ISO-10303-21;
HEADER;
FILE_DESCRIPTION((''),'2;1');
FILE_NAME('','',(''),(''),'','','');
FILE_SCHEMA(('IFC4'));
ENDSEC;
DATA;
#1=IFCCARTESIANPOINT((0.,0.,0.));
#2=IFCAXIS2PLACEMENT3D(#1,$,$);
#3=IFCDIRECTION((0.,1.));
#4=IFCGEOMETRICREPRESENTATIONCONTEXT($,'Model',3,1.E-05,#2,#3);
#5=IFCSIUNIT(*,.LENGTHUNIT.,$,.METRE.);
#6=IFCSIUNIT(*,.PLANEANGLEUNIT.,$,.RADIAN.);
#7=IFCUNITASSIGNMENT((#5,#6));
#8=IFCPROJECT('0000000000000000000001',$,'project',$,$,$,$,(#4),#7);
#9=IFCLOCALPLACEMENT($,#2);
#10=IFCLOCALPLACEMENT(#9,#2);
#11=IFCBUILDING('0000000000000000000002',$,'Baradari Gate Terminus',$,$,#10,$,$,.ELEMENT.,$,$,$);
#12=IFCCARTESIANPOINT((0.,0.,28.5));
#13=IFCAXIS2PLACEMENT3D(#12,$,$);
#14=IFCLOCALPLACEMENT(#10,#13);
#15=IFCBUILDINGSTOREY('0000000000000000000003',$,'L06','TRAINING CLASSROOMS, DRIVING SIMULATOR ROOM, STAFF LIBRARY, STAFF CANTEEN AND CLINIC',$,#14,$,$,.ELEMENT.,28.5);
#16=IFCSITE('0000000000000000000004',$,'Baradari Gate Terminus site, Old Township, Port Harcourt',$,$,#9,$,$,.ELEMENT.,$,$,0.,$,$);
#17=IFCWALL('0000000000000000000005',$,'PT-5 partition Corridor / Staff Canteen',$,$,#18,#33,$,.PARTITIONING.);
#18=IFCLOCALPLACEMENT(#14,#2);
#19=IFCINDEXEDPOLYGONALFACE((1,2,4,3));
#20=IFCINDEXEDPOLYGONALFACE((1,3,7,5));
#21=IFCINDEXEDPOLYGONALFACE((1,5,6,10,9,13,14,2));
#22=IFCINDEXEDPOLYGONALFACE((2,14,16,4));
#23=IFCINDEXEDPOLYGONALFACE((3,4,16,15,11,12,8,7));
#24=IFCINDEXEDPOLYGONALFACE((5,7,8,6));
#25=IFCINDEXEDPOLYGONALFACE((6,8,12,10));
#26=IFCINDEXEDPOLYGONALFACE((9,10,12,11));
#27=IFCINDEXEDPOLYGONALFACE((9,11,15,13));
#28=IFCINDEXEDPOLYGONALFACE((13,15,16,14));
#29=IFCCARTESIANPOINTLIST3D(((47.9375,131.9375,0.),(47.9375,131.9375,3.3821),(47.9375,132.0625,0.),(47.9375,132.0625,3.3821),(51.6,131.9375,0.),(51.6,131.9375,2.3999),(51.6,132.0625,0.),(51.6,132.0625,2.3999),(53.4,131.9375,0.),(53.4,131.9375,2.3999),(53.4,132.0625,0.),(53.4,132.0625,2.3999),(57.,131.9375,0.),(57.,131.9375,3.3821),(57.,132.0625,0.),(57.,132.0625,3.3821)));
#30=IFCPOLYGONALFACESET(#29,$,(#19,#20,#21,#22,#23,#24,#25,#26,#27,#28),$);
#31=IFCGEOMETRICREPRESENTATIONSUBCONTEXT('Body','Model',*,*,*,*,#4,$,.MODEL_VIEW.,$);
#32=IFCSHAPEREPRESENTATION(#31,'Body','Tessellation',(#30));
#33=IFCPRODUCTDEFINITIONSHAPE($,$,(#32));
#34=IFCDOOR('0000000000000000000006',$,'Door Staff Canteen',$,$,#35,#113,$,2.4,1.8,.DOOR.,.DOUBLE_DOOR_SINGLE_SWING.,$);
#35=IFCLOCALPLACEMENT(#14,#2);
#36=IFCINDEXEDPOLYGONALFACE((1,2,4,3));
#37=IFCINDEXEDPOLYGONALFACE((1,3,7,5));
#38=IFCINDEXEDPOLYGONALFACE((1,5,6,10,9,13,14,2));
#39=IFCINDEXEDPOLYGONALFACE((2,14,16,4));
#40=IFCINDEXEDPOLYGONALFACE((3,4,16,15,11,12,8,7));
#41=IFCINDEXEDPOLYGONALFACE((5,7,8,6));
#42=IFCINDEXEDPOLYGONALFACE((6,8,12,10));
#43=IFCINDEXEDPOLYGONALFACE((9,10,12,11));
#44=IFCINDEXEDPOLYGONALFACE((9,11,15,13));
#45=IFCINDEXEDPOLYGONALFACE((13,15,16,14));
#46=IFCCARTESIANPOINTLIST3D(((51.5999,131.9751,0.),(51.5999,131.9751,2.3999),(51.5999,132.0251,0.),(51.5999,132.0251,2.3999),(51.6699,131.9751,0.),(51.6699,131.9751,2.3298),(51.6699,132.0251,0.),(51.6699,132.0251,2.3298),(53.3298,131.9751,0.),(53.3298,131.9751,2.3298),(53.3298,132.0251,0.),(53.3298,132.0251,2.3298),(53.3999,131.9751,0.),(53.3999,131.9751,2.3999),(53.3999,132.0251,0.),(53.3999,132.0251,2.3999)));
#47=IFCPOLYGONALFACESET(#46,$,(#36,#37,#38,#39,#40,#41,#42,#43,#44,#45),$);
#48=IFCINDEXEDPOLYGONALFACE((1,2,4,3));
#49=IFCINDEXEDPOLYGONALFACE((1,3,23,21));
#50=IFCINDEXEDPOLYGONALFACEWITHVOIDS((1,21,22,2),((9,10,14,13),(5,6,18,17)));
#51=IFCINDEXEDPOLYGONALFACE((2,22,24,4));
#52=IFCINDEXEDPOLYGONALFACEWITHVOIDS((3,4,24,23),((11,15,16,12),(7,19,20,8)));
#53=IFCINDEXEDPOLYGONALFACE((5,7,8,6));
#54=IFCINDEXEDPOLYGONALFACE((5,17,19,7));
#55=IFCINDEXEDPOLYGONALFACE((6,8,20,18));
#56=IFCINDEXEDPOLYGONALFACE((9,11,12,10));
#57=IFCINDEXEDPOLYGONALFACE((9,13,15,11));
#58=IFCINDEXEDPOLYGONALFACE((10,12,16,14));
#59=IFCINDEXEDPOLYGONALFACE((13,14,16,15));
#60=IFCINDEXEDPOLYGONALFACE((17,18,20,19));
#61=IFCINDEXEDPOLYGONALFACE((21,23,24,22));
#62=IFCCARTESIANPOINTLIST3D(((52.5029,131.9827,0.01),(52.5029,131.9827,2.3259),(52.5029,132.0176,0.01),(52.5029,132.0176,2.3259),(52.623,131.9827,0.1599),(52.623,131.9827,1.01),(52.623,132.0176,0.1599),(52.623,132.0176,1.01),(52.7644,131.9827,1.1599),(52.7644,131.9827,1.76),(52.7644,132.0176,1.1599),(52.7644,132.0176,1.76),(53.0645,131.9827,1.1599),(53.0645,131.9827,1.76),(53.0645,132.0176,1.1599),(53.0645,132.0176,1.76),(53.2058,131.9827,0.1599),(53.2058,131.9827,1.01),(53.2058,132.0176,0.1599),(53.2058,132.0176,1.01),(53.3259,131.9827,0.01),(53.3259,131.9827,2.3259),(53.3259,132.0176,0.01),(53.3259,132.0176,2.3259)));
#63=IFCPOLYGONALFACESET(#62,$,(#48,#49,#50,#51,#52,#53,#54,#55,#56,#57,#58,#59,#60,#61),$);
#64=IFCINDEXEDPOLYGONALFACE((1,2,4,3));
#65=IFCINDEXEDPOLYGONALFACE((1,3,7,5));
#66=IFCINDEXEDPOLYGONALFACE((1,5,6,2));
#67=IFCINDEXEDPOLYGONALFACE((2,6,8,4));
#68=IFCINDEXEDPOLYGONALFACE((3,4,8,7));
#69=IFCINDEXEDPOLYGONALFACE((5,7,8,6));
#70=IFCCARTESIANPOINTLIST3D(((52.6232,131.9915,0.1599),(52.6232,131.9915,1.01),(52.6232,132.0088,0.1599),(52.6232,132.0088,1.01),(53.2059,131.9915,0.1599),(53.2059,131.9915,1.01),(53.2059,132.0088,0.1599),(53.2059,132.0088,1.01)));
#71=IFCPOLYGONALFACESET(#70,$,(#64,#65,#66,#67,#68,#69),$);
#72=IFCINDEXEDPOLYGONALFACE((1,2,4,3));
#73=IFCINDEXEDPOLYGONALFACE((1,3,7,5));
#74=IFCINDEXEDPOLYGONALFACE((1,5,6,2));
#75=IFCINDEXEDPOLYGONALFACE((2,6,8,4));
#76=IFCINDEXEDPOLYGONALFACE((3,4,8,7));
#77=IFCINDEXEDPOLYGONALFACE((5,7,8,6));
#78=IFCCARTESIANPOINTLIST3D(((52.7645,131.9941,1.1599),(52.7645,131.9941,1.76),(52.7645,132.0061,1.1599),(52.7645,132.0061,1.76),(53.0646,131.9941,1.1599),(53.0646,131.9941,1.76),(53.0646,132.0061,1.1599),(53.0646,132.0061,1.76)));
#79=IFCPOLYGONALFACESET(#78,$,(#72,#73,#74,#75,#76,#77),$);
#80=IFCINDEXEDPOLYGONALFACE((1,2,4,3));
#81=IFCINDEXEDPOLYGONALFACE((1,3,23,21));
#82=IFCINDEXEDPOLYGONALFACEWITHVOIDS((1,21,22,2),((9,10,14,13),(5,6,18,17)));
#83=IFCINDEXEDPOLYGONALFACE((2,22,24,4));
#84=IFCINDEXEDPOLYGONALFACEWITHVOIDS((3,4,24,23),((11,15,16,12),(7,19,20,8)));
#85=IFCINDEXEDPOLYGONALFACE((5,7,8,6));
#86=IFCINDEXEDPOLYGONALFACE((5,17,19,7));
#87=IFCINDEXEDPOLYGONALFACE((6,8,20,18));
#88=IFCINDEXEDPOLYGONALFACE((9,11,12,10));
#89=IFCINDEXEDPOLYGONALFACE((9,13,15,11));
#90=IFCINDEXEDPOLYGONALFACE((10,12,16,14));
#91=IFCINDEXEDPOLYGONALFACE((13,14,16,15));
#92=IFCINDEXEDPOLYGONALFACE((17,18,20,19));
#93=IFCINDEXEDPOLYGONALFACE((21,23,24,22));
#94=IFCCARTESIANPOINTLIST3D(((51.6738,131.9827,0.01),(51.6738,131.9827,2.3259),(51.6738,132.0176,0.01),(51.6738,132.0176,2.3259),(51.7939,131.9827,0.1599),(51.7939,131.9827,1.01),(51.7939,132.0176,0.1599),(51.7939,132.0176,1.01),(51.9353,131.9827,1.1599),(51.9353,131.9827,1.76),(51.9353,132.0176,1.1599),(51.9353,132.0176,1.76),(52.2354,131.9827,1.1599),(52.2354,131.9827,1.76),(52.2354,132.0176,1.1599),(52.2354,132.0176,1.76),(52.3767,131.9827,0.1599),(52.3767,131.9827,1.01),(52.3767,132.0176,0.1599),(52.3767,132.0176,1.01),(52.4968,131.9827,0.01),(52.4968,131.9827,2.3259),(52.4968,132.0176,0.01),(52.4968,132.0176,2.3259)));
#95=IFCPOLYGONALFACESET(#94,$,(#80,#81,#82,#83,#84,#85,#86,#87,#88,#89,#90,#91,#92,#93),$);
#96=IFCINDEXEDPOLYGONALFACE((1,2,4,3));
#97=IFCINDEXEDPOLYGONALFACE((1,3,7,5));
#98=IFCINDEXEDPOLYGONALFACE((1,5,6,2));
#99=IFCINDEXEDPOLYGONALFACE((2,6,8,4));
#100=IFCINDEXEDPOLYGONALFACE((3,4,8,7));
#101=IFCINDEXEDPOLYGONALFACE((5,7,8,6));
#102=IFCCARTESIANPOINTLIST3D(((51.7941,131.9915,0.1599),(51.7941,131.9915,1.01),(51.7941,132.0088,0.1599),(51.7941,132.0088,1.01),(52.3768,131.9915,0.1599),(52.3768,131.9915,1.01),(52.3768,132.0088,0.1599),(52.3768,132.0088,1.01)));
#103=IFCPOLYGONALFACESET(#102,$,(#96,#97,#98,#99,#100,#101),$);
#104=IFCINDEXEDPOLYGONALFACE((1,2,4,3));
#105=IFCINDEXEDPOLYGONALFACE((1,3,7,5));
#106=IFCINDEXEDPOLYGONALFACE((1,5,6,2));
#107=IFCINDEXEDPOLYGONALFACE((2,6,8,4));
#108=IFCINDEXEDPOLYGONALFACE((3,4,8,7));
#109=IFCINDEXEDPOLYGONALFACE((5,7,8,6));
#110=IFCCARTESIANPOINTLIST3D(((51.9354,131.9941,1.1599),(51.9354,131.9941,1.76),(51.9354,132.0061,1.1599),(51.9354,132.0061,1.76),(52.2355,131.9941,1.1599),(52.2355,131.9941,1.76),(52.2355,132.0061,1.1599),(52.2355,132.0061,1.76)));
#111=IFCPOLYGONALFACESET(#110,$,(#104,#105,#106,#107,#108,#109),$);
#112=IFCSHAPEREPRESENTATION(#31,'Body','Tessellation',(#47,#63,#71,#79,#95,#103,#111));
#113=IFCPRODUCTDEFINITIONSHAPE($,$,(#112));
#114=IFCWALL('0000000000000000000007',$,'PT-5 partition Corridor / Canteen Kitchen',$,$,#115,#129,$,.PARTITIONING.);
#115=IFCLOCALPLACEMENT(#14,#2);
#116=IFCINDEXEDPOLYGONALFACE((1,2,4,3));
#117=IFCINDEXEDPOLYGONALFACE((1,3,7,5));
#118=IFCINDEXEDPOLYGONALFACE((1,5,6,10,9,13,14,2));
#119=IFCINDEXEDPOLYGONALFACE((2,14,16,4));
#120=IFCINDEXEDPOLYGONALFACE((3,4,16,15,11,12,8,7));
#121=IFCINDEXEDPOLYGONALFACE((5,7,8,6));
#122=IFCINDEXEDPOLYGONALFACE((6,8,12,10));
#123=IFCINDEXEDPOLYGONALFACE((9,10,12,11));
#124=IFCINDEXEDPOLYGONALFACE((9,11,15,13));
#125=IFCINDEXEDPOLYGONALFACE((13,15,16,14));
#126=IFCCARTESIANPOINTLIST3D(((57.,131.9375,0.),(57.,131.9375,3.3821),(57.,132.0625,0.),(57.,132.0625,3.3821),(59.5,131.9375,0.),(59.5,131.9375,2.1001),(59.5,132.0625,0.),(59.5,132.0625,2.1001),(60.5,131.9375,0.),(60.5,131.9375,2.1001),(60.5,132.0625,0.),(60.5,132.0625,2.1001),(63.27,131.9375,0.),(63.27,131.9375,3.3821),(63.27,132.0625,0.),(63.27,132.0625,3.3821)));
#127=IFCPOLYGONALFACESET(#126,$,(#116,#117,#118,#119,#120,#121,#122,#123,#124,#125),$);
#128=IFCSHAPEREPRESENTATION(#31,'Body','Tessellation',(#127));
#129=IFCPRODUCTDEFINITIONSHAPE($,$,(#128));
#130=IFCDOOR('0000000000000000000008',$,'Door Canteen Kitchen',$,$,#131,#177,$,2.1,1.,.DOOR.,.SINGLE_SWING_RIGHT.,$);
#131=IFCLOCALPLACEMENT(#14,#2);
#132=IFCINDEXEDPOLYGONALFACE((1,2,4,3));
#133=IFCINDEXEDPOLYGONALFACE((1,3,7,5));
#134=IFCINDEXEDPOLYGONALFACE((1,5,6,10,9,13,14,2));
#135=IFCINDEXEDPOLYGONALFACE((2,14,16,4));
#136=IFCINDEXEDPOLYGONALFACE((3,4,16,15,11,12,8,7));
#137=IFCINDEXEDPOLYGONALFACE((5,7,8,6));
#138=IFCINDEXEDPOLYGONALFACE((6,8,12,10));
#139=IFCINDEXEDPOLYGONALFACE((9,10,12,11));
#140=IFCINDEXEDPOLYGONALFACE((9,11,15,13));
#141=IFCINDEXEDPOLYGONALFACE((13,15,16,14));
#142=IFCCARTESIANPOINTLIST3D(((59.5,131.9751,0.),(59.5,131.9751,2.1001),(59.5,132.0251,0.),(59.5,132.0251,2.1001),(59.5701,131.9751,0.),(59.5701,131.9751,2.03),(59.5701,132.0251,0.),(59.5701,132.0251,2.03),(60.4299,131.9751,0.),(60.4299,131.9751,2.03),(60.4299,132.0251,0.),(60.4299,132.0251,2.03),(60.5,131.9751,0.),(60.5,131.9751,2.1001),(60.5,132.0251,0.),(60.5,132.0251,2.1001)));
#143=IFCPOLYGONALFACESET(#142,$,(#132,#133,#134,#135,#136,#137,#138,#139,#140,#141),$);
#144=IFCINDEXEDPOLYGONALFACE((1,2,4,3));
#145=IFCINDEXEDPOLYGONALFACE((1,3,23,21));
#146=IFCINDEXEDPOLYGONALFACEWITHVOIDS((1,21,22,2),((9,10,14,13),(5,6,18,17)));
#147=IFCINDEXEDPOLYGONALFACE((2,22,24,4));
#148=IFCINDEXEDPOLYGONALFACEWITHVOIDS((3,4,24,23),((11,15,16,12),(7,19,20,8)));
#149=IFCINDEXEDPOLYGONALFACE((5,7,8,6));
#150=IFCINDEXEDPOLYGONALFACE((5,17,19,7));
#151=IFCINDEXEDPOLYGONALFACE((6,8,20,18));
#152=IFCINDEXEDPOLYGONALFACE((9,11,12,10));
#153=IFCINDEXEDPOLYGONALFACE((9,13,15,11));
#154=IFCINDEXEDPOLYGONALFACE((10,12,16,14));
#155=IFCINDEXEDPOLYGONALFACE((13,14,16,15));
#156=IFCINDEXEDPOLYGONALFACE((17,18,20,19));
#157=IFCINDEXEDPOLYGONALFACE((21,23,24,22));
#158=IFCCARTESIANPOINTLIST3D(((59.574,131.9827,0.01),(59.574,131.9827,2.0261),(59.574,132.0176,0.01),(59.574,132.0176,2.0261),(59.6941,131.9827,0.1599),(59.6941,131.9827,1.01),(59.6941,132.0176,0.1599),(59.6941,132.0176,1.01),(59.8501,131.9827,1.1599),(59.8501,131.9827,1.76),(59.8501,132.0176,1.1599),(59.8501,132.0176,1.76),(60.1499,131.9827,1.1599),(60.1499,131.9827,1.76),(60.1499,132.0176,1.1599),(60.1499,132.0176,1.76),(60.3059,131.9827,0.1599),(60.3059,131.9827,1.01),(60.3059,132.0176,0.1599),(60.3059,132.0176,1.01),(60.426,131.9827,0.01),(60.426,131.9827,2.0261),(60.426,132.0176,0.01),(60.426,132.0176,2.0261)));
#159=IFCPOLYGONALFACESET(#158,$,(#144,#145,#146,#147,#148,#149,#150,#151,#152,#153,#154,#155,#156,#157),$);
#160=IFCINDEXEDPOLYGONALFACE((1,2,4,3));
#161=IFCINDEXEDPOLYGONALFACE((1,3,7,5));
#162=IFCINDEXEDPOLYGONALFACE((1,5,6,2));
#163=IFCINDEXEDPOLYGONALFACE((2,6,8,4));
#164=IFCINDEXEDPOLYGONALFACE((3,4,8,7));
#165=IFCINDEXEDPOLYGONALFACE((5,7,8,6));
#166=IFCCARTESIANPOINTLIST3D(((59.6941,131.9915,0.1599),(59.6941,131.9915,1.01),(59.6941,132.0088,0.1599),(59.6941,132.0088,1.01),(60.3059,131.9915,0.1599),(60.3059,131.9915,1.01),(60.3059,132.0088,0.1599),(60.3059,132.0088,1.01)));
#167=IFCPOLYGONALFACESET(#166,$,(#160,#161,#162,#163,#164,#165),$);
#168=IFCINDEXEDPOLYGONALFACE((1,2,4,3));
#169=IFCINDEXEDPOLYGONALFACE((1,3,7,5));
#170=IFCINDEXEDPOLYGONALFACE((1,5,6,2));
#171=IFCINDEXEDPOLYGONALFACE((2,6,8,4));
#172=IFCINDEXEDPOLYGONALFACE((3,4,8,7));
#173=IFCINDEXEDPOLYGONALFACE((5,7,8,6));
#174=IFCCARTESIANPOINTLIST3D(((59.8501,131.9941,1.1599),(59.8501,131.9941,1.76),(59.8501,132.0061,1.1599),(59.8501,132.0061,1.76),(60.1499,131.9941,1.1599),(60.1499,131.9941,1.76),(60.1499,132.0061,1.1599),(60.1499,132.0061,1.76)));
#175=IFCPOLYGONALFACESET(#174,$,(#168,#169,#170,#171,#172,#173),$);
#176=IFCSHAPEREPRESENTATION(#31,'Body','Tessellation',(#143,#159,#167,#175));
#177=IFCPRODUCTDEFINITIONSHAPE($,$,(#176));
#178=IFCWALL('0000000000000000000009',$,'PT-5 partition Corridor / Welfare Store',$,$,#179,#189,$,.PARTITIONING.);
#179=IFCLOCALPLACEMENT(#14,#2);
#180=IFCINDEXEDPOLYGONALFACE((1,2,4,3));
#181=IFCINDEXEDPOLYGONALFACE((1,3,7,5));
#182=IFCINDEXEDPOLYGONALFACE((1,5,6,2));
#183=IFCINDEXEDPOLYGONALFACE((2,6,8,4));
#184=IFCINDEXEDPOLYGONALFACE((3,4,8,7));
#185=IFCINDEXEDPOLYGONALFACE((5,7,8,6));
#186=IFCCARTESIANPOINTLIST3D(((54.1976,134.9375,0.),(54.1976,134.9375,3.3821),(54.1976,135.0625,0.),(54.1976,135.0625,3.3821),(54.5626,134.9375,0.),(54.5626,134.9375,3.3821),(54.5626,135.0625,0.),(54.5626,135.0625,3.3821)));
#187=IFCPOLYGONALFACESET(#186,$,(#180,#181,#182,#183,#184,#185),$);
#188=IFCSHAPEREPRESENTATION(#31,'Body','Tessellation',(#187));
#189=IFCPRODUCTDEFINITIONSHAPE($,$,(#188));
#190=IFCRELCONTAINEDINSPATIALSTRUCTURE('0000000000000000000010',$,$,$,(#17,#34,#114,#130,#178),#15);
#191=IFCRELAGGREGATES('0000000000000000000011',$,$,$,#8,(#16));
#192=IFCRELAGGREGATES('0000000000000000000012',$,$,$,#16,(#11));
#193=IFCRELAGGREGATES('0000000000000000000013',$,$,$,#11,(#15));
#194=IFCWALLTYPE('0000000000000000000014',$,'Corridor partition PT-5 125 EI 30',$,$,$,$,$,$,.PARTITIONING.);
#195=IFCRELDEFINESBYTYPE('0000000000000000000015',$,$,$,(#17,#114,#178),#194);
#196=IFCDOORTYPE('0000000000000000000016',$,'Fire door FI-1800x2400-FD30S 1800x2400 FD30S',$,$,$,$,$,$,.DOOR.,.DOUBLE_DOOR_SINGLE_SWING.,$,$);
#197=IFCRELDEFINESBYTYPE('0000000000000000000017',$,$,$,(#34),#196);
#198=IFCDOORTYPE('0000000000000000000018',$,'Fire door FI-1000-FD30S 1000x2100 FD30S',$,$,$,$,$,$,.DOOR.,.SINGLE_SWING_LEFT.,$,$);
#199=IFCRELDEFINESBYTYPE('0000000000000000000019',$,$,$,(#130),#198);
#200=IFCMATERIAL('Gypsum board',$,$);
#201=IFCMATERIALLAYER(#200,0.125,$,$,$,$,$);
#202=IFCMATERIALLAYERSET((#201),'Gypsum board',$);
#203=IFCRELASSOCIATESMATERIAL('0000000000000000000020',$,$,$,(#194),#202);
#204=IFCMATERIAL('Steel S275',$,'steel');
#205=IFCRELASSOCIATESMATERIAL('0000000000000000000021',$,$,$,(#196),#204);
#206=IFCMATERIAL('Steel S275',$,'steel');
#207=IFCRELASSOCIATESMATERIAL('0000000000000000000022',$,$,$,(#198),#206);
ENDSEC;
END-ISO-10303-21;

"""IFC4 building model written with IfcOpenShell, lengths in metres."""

from ifc_helpers import new_model, si_unit, direction, frame, frame_2d, origin, place, context, subcontext, project, spatial, polyline, rectangle, outline, extrude, material, layer, layer_set, type_object, element, fill, save


model = new_model("IFC4")

# Units and contexts
model_context = context("Model", 3, precision=1e-05, world=origin(), true_north=direction((0.0, 1.0)))
body_context = subcontext(model_context, "Body", "Model", "MODEL_VIEW")
ifc_project = project(units=[si_unit("LENGTHUNIT", "METRE"), si_unit("PLANEANGLEUNIT", "RADIAN")], contexts=[model_context])

# Site, building, storey
site_placement = place(None, origin())
site = spatial("IfcSite", under=ifc_project, at=site_placement, Name="Baradari Gate Terminus site, Old Township, Port Harcourt", CompositionType="ELEMENT", RefElevation=0.0)
building_placement = place(site_placement, origin())
building = spatial("IfcBuilding", under=site, at=building_placement, Name="Baradari Gate Terminus", CompositionType="ELEMENT")
storey_placement = place(building_placement, frame((0.0, 0.0, 28.5)))
storey = spatial("IfcBuildingStorey", under=building, at=storey_placement, Name="L06", Description="TRAINING CLASSROOMS, DRIVING SIMULATOR ROOM, STAFF LIBRARY, STAFF CANTEEN AND CLINIC", CompositionType="ELEMENT", Elevation=28.5)

# Walls, openings, doors
ifc_material_1 = material(Name="Gypsum board")
ifc_layer_1 = layer(ifc_material_1, 0.125)
ifc_layer_set_1 = layer_set([ifc_layer_1], Name="Gypsum board")
wall_type_1 = type_object("IfcWallType", Name="Corridor partition PT-5 125 EI 30", PredefinedType="PARTITIONING", material=ifc_layer_set_1)
wall_1_placement = place(storey_placement, frame((57.0, 132.0, 0.0), z_axis=(0.0, 0.0, 1.0), x_axis=(-1.0, 0.0, 0.0)))
wall_1 = element("IfcWall", 1, at=wall_1_placement, inside=storey, type_object=wall_type_1, Name="PT-5 partition Corridor / Staff Canteen", PredefinedType="PARTITIONING", context=body_context, shape_type="SweptSolid", body=[
    extrude(rectangle(XDim=9.0625, YDim=0.125, at=frame_2d((4.5312, 0.0))), origin(), (0.0, 0.0, 1.0), 3.3821),
])
opening_1_placement = place(wall_1_placement, frame((3.6001, 0.0, 0.0)))
opening_1 = element("IfcOpeningElement", 2, at=opening_1_placement, cuts=wall_1, PredefinedType="OPENING", context=body_context, shape_type="SweptSolid", body=[
    extrude(rectangle(XDim=1.8, YDim=2.3999, at=frame_2d((0.8999, 1.2))), frame((0.0, 0.0725, 0.0), z_axis=(0.0, -1.0, 0.0), x_axis=(1.0, 0.0, 0.0)), (0.0, 0.0, 1.0), 0.145),
])
ifc_material_2 = material(Name="Steel S275", Category="steel")
door_type_1 = type_object("IfcDoorType", Name="Fire door FI-1800x2400-FD30S 1800x2400 FD30S", OperationType="DOUBLE_DOOR_SINGLE_SWING", PredefinedType="DOOR", material=ifc_material_2)
door_1_placement = place(opening_1_placement, origin())
door_1 = element("IfcDoor", 3, at=door_1_placement, inside=storey, type_object=door_type_1, Name="Door Staff Canteen", OperationType="DOUBLE_DOOR_SINGLE_SWING", OverallHeight=2.4, OverallWidth=1.8, PredefinedType="DOOR", context=body_context, shape_type="SweptSolid", body=[
    extrude(outline(polyline([(0.0, 0.0), (0.0701, 0.0), (0.0701, 2.3298), (1.73, 2.3298), (1.73, 0.0), (1.8, 0.0), (1.8, 2.3999), (0.0, 2.3999), (0.0, 0.0)])), frame((0.0, 0.0249, 0.0), z_axis=(0.0, -1.0, 0.0), x_axis=(1.0, 0.0, 0.0)), (0.0, 0.0, 1.0), 0.05),
    extrude(outline(polyline([(0.074, 0.01), (0.897, 0.01), (0.897, 2.3259), (0.074, 2.3259), (0.074, 0.01)]), holes=[polyline([(0.1941, 0.1599), (0.7769, 0.1599), (0.7769, 1.01), (0.1941, 1.01), (0.1941, 0.1599)]), polyline([(0.3354, 1.1599), (0.6355, 1.1599), (0.6355, 1.76), (0.3354, 1.76), (0.3354, 1.1599)])]), frame((0.0, 0.0173, 0.0), z_axis=(0.0, -1.0, 0.0), x_axis=(1.0, 0.0, 0.0)), (0.0, 0.0, 1.0), 0.0349),
    extrude(rectangle(XDim=0.5828, YDim=0.8501, at=frame_2d((0.4854, 0.585))), frame((0.0, 0.0085, 0.0), z_axis=(0.0, -1.0, 0.0), x_axis=(1.0, 0.0, 0.0)), (0.0, 0.0, 1.0), 0.0173),
    extrude(rectangle(XDim=0.3, YDim=0.6001, at=frame_2d((0.4854, 1.46))), frame((0.0, 0.0059, 0.0), z_axis=(0.0, -1.0, 0.0), x_axis=(1.0, 0.0, 0.0)), (0.0, 0.0, 1.0), 0.012),
    extrude(outline(polyline([(0.9031, 0.01), (1.7261, 0.01), (1.7261, 2.3259), (0.9031, 2.3259), (0.9031, 0.01)]), holes=[polyline([(1.0232, 0.1599), (1.606, 0.1599), (1.606, 1.01), (1.0232, 1.01), (1.0232, 0.1599)]), polyline([(1.1646, 1.1599), (1.4646, 1.1599), (1.4646, 1.76), (1.1646, 1.76), (1.1646, 1.1599)])]), frame((0.0, 0.0173, 0.0), z_axis=(0.0, -1.0, 0.0), x_axis=(1.0, 0.0, 0.0)), (0.0, 0.0, 1.0), 0.0349),
    extrude(rectangle(XDim=0.5828, YDim=0.8501, at=frame_2d((1.3145, 0.585))), frame((0.0, 0.0085, 0.0), z_axis=(0.0, -1.0, 0.0), x_axis=(1.0, 0.0, 0.0)), (0.0, 0.0, 1.0), 0.0173),
    extrude(rectangle(XDim=0.3, YDim=0.6001, at=frame_2d((1.3145, 1.46))), frame((0.0, 0.0059, 0.0), z_axis=(0.0, -1.0, 0.0), x_axis=(1.0, 0.0, 0.0)), (0.0, 0.0, 1.0), 0.012),
])
fill(opening_1, door_1)
wall_2_placement = place(storey_placement, frame((63.27, 132.0, 0.0), z_axis=(0.0, 0.0, 1.0), x_axis=(-1.0, 0.0, 0.0)))
wall_2 = element("IfcWall", 4, at=wall_2_placement, inside=storey, type_object=wall_type_1, Name="PT-5 partition Corridor / Canteen Kitchen", PredefinedType="PARTITIONING", context=body_context, shape_type="SweptSolid", body=[
    extrude(rectangle(XDim=6.27, YDim=0.125, at=frame_2d((3.135, 0.0))), origin(), (0.0, 0.0, 1.0), 3.3821),
])
opening_2_placement = place(wall_2_placement, frame((2.77, 0.0, 0.0)))
opening_2 = element("IfcOpeningElement", 5, at=opening_2_placement, cuts=wall_2, PredefinedType="OPENING", context=body_context, shape_type="SweptSolid", body=[
    extrude(rectangle(XDim=1.0, YDim=2.1001, at=frame_2d((0.5, 1.05))), frame((0.0, 0.0725, 0.0), z_axis=(0.0, -1.0, 0.0), x_axis=(1.0, 0.0, 0.0)), (0.0, 0.0, 1.0), 0.145),
])
ifc_material_3 = material(Name="Steel S275", Category="steel")
door_type_2 = type_object("IfcDoorType", Name="Fire door FI-1000-FD30S 1000x2100 FD30S", OperationType="SINGLE_SWING_LEFT", PredefinedType="DOOR", material=ifc_material_3)
door_2_placement = place(opening_2_placement, origin())
door_2 = element("IfcDoor", 6, at=door_2_placement, inside=storey, type_object=door_type_2, Name="Door Canteen Kitchen", OperationType="SINGLE_SWING_RIGHT", OverallHeight=2.1, OverallWidth=1.0, PredefinedType="DOOR", context=body_context, shape_type="SweptSolid", body=[
    extrude(outline(polyline([(0.0, 0.0), (0.0701, 0.0), (0.0701, 2.03), (0.9299, 2.03), (0.9299, 0.0), (1.0, 0.0), (1.0, 2.1001), (0.0, 2.1001), (0.0, 0.0)])), frame((0.0, 0.0249, 0.0), z_axis=(0.0, -1.0, 0.0), x_axis=(1.0, 0.0, 0.0)), (0.0, 0.0, 1.0), 0.05),
    extrude(outline(polyline([(0.074, 0.01), (0.926, 0.01), (0.926, 2.0261), (0.074, 2.0261), (0.074, 0.01)]), holes=[polyline([(0.1941, 0.1599), (0.8059, 0.1599), (0.8059, 1.01), (0.1941, 1.01), (0.1941, 0.1599)]), polyline([(0.3501, 1.1599), (0.6499, 1.1599), (0.6499, 1.76), (0.3501, 1.76), (0.3501, 1.1599)])]), frame((0.0, 0.0173, 0.0), z_axis=(0.0, -1.0, 0.0), x_axis=(1.0, 0.0, 0.0)), (0.0, 0.0, 1.0), 0.0349),
    extrude(rectangle(XDim=0.6118, YDim=0.8501, at=frame_2d((0.5, 0.585))), frame((0.0, 0.0085, 0.0), z_axis=(0.0, -1.0, 0.0), x_axis=(1.0, 0.0, 0.0)), (0.0, 0.0, 1.0), 0.0173),
    extrude(rectangle(XDim=0.2998, YDim=0.6001, at=frame_2d((0.5, 1.46))), frame((0.0, 0.0059, 0.0), z_axis=(0.0, -1.0, 0.0), x_axis=(1.0, 0.0, 0.0)), (0.0, 0.0, 1.0), 0.012),
])
fill(opening_2, door_2)

# Wall
wall_3_placement = place(storey_placement, frame((54.1975, 135.0, 0.0), z_axis=(0.0, 0.0, 1.0), x_axis=(1.0, 0.0, 0.0)))
element("IfcWall", 7, at=wall_3_placement, inside=storey, type_object=wall_type_1, Name="PT-5 partition Corridor / Welfare Store", PredefinedType="PARTITIONING", context=body_context, shape_type="SweptSolid", body=[
    extrude(rectangle(XDim=0.365, YDim=0.125, at=frame_2d((0.1826, 0.0))), origin(), (0.0, 0.0, 1.0), 3.3821),
])

save(model, "model.ifc")
